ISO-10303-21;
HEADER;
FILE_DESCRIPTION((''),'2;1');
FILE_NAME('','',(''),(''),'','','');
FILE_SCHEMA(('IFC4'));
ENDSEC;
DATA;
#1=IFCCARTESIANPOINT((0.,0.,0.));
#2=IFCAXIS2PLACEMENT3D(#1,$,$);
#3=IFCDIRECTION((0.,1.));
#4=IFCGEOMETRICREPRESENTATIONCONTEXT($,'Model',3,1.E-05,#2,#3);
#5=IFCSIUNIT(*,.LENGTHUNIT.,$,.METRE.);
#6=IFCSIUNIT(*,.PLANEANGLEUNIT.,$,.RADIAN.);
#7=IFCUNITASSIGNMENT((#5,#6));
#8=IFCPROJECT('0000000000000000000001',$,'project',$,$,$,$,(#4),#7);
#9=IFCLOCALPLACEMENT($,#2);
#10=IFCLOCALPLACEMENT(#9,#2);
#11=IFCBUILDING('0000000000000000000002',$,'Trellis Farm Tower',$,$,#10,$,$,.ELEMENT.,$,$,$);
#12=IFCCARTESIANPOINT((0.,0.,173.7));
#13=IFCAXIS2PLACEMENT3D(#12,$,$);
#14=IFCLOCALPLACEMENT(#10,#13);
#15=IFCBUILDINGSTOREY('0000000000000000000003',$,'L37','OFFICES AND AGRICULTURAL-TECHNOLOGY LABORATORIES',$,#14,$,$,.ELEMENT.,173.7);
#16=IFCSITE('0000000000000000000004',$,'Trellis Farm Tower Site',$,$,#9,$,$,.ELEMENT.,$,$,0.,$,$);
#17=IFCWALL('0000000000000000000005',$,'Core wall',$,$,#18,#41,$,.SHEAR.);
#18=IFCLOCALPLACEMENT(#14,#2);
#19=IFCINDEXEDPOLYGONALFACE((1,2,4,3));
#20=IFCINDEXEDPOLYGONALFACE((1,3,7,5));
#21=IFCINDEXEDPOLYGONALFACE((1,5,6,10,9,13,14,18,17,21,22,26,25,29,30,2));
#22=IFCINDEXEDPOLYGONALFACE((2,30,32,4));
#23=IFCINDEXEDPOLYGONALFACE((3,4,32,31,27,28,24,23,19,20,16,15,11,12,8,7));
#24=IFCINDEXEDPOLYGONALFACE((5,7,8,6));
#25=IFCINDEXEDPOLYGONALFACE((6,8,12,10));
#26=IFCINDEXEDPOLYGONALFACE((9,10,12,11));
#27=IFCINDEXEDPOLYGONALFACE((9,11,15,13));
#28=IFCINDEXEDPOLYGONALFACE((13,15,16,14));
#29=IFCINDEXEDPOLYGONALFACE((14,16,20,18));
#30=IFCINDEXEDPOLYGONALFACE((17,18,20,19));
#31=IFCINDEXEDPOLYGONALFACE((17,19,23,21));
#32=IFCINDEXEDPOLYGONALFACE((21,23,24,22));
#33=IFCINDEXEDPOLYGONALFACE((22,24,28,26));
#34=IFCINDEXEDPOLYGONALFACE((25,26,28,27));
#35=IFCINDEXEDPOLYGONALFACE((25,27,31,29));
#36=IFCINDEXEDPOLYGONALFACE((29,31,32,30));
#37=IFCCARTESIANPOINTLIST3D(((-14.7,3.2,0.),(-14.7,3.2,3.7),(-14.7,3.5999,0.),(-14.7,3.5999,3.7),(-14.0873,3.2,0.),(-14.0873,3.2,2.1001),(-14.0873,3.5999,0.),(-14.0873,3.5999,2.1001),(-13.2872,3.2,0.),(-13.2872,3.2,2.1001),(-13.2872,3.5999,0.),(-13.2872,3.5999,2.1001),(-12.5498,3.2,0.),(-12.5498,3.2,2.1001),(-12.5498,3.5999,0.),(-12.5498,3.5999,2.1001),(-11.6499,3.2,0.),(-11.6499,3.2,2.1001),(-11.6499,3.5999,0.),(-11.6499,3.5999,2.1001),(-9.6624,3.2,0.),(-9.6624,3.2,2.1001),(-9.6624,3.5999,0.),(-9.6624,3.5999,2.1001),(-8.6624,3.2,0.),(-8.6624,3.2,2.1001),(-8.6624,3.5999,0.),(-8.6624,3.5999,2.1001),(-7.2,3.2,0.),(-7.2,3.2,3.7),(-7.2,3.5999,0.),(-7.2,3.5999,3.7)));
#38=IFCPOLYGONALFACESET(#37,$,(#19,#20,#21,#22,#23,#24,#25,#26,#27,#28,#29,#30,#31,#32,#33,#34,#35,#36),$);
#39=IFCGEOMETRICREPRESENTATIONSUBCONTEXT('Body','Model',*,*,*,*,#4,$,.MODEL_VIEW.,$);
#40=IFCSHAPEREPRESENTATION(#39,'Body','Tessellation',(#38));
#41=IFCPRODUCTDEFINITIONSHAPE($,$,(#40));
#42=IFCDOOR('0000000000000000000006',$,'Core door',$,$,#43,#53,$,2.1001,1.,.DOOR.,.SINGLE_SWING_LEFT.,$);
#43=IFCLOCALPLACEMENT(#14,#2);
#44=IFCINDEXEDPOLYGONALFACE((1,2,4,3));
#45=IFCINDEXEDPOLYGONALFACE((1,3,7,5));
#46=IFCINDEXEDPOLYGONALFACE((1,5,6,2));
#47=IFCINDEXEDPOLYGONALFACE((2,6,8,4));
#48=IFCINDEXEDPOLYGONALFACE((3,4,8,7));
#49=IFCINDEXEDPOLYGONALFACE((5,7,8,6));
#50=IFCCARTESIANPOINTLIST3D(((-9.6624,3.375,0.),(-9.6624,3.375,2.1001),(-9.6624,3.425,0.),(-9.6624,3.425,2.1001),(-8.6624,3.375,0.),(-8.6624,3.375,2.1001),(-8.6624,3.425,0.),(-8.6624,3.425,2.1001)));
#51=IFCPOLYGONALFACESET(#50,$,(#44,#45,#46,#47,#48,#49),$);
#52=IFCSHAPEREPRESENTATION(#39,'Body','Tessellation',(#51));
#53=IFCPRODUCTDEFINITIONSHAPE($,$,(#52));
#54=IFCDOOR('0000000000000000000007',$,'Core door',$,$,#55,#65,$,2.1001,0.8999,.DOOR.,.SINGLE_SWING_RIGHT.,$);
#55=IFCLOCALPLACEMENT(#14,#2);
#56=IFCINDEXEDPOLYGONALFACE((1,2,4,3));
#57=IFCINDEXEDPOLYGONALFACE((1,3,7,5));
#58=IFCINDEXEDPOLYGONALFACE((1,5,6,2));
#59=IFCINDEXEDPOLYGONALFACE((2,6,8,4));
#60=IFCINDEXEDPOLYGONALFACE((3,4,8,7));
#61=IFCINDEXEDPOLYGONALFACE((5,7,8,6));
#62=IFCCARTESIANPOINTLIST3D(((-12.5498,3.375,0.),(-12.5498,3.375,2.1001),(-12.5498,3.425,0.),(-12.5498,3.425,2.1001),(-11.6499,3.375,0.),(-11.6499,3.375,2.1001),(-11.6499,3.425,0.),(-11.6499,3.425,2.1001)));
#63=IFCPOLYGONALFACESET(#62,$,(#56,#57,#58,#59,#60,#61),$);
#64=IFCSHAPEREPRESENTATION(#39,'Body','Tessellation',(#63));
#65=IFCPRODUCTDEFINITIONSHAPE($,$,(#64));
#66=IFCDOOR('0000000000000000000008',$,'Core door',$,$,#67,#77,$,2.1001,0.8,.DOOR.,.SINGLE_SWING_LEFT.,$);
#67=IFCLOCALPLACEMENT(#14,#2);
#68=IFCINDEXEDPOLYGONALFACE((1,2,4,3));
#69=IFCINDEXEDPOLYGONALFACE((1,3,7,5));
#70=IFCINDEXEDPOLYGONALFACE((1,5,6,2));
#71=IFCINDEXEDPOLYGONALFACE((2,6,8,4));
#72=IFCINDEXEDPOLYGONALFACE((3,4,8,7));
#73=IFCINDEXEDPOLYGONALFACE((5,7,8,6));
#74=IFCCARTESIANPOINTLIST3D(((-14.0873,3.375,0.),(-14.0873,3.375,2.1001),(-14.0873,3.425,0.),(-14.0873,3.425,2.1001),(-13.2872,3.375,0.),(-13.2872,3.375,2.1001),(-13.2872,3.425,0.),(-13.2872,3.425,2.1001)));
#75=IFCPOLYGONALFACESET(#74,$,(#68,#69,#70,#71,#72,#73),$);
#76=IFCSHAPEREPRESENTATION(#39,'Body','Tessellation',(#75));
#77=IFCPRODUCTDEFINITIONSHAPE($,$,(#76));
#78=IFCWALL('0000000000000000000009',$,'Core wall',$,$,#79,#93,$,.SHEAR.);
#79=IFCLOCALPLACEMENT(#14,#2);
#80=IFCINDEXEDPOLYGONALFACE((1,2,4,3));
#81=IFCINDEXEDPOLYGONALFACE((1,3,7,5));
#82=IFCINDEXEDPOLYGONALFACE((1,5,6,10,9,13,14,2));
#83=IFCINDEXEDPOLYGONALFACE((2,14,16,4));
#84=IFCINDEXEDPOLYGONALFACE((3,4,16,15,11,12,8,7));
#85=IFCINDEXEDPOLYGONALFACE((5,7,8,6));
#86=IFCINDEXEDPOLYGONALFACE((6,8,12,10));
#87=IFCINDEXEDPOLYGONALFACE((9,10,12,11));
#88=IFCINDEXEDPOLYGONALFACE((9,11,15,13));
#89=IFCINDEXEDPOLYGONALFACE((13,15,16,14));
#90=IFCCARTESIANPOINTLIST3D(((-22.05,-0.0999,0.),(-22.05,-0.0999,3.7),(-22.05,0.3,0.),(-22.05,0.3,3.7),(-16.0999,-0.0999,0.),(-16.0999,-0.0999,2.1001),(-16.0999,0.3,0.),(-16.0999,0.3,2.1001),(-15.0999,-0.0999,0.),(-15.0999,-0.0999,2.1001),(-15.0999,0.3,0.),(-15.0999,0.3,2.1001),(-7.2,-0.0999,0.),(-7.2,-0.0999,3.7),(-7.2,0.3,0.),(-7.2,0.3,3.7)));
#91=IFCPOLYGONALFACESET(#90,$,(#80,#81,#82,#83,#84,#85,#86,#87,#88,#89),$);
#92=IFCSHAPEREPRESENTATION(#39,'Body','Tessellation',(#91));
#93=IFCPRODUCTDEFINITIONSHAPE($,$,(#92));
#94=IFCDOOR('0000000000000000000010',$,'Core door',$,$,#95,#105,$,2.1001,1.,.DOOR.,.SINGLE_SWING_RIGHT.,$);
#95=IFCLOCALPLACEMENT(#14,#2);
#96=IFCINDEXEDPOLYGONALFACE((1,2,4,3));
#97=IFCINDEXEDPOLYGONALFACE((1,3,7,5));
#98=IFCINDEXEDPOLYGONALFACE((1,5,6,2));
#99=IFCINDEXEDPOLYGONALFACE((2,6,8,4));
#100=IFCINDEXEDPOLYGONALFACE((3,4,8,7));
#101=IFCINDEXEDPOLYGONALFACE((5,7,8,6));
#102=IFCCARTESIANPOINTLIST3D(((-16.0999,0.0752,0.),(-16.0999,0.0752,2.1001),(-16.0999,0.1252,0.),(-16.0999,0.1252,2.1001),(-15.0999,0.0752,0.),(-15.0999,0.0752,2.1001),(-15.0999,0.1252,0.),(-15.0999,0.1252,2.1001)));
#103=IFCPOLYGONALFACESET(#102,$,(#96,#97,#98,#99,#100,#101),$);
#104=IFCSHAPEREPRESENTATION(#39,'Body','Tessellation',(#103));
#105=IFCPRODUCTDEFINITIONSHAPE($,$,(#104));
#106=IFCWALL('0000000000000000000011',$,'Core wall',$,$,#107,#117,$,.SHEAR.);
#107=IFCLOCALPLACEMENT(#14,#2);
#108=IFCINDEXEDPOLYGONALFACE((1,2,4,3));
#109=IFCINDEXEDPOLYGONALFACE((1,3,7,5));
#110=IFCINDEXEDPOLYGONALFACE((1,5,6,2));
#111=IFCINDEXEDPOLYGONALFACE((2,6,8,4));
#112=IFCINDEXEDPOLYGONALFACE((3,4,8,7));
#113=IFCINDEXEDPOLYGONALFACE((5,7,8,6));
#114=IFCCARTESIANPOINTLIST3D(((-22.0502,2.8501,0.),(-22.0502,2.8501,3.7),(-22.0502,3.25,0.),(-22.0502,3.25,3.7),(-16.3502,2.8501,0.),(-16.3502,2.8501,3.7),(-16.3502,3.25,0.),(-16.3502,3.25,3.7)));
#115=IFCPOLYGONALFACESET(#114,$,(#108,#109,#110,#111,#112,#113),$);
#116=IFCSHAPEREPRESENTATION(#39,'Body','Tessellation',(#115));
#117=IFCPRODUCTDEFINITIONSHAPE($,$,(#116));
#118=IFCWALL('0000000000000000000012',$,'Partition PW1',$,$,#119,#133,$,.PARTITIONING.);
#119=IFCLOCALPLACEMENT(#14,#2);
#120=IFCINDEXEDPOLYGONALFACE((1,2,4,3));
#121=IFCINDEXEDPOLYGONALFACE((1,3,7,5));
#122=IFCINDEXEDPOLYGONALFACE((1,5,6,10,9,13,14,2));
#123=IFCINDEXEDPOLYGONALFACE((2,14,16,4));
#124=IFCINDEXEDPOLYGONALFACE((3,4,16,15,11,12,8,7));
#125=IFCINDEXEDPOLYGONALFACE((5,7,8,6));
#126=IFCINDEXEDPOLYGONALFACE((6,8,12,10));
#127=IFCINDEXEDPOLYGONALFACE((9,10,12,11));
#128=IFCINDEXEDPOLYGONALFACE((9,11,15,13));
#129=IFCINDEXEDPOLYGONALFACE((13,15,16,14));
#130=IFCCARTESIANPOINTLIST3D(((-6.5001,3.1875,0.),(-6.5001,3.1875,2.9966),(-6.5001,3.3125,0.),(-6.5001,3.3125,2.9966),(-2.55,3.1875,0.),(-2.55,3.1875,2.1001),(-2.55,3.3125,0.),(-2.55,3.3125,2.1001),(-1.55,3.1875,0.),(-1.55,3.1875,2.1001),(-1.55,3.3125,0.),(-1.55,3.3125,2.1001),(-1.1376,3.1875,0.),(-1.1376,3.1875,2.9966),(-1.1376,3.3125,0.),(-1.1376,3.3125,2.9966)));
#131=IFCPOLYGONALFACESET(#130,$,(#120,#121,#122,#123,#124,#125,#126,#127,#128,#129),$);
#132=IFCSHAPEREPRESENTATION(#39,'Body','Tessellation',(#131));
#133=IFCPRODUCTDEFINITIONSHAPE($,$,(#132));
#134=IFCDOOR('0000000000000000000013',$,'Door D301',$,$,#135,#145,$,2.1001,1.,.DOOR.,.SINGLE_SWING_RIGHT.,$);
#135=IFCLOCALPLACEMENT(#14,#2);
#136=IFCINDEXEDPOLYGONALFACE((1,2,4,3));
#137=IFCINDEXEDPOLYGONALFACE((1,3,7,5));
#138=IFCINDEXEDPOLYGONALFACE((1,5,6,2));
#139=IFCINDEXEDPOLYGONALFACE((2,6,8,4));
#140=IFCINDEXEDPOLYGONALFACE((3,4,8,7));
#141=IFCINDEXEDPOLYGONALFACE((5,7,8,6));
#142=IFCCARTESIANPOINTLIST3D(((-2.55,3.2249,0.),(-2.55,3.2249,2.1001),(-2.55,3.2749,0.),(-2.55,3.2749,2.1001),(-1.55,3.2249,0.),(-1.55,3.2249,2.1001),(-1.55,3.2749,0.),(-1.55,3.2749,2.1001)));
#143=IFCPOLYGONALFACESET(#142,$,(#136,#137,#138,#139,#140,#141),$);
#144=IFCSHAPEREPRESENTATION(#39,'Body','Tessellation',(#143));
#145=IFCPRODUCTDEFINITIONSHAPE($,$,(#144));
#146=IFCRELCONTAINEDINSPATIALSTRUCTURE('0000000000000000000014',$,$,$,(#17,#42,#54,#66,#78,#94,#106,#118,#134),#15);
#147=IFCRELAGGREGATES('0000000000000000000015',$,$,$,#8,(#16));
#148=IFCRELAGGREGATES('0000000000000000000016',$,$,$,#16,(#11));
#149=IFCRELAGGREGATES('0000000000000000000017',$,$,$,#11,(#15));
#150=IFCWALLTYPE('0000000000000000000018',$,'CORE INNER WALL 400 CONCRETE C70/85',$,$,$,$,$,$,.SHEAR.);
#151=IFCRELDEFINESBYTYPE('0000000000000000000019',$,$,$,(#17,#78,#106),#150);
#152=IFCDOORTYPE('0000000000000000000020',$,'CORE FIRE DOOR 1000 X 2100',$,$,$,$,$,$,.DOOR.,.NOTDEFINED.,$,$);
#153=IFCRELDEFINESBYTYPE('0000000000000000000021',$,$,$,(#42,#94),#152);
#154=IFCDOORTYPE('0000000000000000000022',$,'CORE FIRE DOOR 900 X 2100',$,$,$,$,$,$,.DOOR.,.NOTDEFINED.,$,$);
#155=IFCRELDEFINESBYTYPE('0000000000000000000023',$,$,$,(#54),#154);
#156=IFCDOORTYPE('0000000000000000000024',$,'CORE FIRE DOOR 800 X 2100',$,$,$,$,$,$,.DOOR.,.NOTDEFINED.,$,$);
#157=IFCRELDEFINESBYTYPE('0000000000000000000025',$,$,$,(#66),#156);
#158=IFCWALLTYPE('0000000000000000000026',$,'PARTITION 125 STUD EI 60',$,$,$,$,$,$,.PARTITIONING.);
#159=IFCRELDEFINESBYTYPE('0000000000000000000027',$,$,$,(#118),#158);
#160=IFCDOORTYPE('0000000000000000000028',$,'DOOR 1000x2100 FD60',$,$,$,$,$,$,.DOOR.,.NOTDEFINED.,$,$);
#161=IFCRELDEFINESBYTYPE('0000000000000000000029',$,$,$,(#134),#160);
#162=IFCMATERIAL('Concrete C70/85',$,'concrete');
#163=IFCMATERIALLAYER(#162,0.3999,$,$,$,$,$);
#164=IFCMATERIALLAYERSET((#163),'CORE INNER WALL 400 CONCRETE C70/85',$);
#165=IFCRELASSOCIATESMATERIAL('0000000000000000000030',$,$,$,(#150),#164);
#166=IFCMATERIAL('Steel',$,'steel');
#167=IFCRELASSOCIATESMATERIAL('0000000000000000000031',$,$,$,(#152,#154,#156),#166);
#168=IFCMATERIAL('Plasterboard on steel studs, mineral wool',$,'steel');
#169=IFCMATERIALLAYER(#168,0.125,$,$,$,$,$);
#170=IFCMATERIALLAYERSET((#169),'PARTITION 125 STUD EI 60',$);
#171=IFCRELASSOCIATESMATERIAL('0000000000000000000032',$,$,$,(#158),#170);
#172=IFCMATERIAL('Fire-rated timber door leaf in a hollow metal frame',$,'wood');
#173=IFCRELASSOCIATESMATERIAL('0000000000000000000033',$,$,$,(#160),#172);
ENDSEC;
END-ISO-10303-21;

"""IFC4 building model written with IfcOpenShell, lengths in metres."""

from ifc_helpers import new_model, si_unit, direction, frame, frame_2d, origin, place, context, subcontext, project, spatial, rectangle, extrude, source, transform, mapped, material, layer, layer_set, type_object, element, fill, save


model = new_model("IFC4")

# Units and contexts
model_context = context("Model", 3, precision=1e-05, world=origin(), true_north=direction((0.0, 1.0)))
body_context = subcontext(model_context, "Body", "Model", "MODEL_VIEW")
ifc_project = project(units=[si_unit("LENGTHUNIT", "METRE"), si_unit("PLANEANGLEUNIT", "RADIAN")], contexts=[model_context])

# Site, building, storey
site_placement = place(None, origin())
site = spatial("IfcSite", under=ifc_project, at=site_placement, Name="Trellis Farm Tower Site", CompositionType="ELEMENT", RefElevation=0.0)
building_placement = place(site_placement, origin())
building = spatial("IfcBuilding", under=site, at=building_placement, Name="Trellis Farm Tower", CompositionType="ELEMENT")
storey_placement = place(building_placement, frame((0.0, 0.0, 173.7)))
storey = spatial("IfcBuildingStorey", under=building, at=storey_placement, Name="L37", Description="OFFICES AND AGRICULTURAL-TECHNOLOGY LABORATORIES", CompositionType="ELEMENT", Elevation=173.7)

# Shared definitions
ifc_material_1 = material(Name="Concrete C70/85", Category="concrete")

# Wall, openings, doors
ifc_layer_1 = layer(ifc_material_1, 0.3999)
ifc_layer_set_1 = layer_set([ifc_layer_1], Name="CORE INNER WALL 400 CONCRETE C70/85")
wall_type_1 = type_object("IfcWallType", Name="CORE INNER WALL 400 CONCRETE C70/85", PredefinedType="SHEAR", material=ifc_layer_set_1)
shared_shape_1 = source(origin(), body_context, "Body", "SweptSolid", [
    extrude(rectangle(XDim=7.5, YDim=0.3999, at=frame_2d((3.75, 0.0))), origin(), (0.0, 0.0, 1.0), 3.7),
])
wall_1_placement = place(storey_placement, frame((-7.2, 3.3999, 0.0), z_axis=(0.0, 0.0, 1.0), x_axis=(-1.0, 0.0, 0.0)))
wall_1 = element("IfcWall", 1, at=wall_1_placement, inside=storey, type_object=wall_type_1, Name="Core wall", PredefinedType="SHEAR", context=body_context, shape_type="MappedRepresentation", body=[
    mapped(shared_shape_1, transform((0.0, 0.0, 0.0))),
])
shared_shape_2 = source(origin(), body_context, "Body", "SweptSolid", [
    extrude(rectangle(XDim=1.0, YDim=2.1001, at=frame_2d((0.5, 1.05))), frame((0.0, 0.21, 0.0), z_axis=(0.0, -1.0, 0.0), x_axis=(1.0, 0.0, 0.0)), (0.0, 0.0, 1.0), 0.4199),
])
opening_1_placement = place(wall_1_placement, frame((1.4624, 0.0, 0.0)))
opening_1 = element("IfcOpeningElement", 2, at=opening_1_placement, cuts=wall_1, PredefinedType="OPENING", context=body_context, shape_type="MappedRepresentation", body=[
    mapped(shared_shape_2, transform((0.0, 0.0, 0.0))),
])
shared_shape_3 = source(origin(), body_context, "Body", "SweptSolid", [
    extrude(rectangle(XDim=0.8999, YDim=2.1001, at=frame_2d((0.45, 1.05))), frame((0.0, 0.21, 0.0), z_axis=(0.0, -1.0, 0.0), x_axis=(1.0, 0.0, 0.0)), (0.0, 0.0, 1.0), 0.4199),
])
opening_2_placement = place(wall_1_placement, frame((4.45, 0.0, 0.0)))
opening_2 = element("IfcOpeningElement", 3, at=opening_2_placement, cuts=wall_1, PredefinedType="OPENING", context=body_context, shape_type="MappedRepresentation", body=[
    mapped(shared_shape_3, transform((0.0, 0.0, 0.0))),
])
shared_shape_4 = source(origin(), body_context, "Body", "SweptSolid", [
    extrude(rectangle(XDim=0.8, YDim=2.1001, at=frame_2d((0.3999, 1.05))), frame((0.0, 0.21, 0.0), z_axis=(0.0, -1.0, 0.0), x_axis=(1.0, 0.0, 0.0)), (0.0, 0.0, 1.0), 0.4199),
])
opening_3_placement = place(wall_1_placement, frame((6.0874, 0.0, 0.0)))
opening_3 = element("IfcOpeningElement", 4, at=opening_3_placement, cuts=wall_1, PredefinedType="OPENING", context=body_context, shape_type="MappedRepresentation", body=[
    mapped(shared_shape_4, transform((0.0, 0.0, 0.0))),
])
ifc_material_2 = material(Name="Steel", Category="steel")
door_type_1 = type_object("IfcDoorType", Name="CORE FIRE DOOR 1000 X 2100", OperationType="NOTDEFINED", PredefinedType="DOOR", material=ifc_material_2)
shared_shape_5 = source(origin(), body_context, "Body", "SweptSolid", [
    extrude(rectangle(XDim=1.0, YDim=2.1001, at=frame_2d((0.5, 1.05))), frame((0.0, 0.0249, 0.0), z_axis=(0.0, -1.0, 0.0), x_axis=(1.0, 0.0, 0.0)), (0.0, 0.0, 1.0), 0.05),
])
door_1_placement = place(opening_1_placement, origin())
door_1 = element("IfcDoor", 5, at=door_1_placement, inside=storey, type_object=door_type_1, Name="Core door", OperationType="SINGLE_SWING_LEFT", OverallHeight=2.1001, OverallWidth=1.0, PredefinedType="DOOR", context=body_context, shape_type="MappedRepresentation", body=[
    mapped(shared_shape_5, transform((0.0, 0.0, 0.0))),
])
fill(opening_1, door_1)
door_type_2 = type_object("IfcDoorType", Name="CORE FIRE DOOR 900 X 2100", OperationType="NOTDEFINED", PredefinedType="DOOR", material=ifc_material_2)
shared_shape_6 = source(origin(), body_context, "Body", "SweptSolid", [
    extrude(rectangle(XDim=0.8999, YDim=2.1001, at=frame_2d((0.45, 1.05))), frame((0.0, 0.0249, 0.0), z_axis=(0.0, -1.0, 0.0), x_axis=(1.0, 0.0, 0.0)), (0.0, 0.0, 1.0), 0.05),
])
door_2_placement = place(opening_2_placement, origin())
door_2 = element("IfcDoor", 6, at=door_2_placement, inside=storey, type_object=door_type_2, Name="Core door", OperationType="SINGLE_SWING_RIGHT", OverallHeight=2.1001, OverallWidth=0.8999, PredefinedType="DOOR", context=body_context, shape_type="MappedRepresentation", body=[
    mapped(shared_shape_6, transform((0.0, 0.0, 0.0))),
])
fill(opening_2, door_2)
door_type_3 = type_object("IfcDoorType", Name="CORE FIRE DOOR 800 X 2100", OperationType="NOTDEFINED", PredefinedType="DOOR", material=ifc_material_2)
shared_shape_7 = source(origin(), body_context, "Body", "SweptSolid", [
    extrude(rectangle(XDim=0.8, YDim=2.1001, at=frame_2d((0.3999, 1.05))), frame((0.0, 0.0249, 0.0), z_axis=(0.0, -1.0, 0.0), x_axis=(1.0, 0.0, 0.0)), (0.0, 0.0, 1.0), 0.05),
])
door_3_placement = place(opening_3_placement, origin())
door_3 = element("IfcDoor", 7, at=door_3_placement, inside=storey, type_object=door_type_3, Name="Core door", OperationType="SINGLE_SWING_LEFT", OverallHeight=2.1001, OverallWidth=0.8, PredefinedType="DOOR", context=body_context, shape_type="MappedRepresentation", body=[
    mapped(shared_shape_7, transform((0.0, 0.0, 0.0))),
])
fill(opening_3, door_3)

# Wall, opening, door
shared_shape_8 = source(origin(), body_context, "Body", "SweptSolid", [
    extrude(rectangle(XDim=14.8501, YDim=0.3999, at=frame_2d((7.425, 0.0))), origin(), (0.0, 0.0, 1.0), 3.7),
])
wall_2_placement = place(storey_placement, frame((-7.2, 0.1001, 0.0), z_axis=(0.0, 0.0, 1.0), x_axis=(-1.0, 0.0, 0.0)))
wall_2 = element("IfcWall", 8, at=wall_2_placement, inside=storey, type_object=wall_type_1, Name="Core wall", PredefinedType="SHEAR", context=body_context, shape_type="MappedRepresentation", body=[
    mapped(shared_shape_8, transform((0.0, 0.0, 0.0))),
])
opening_4_placement = place(wall_2_placement, frame((7.8999, 0.0, 0.0)))
opening_4 = element("IfcOpeningElement", 9, at=opening_4_placement, cuts=wall_2, PredefinedType="OPENING", context=body_context, shape_type="MappedRepresentation", body=[
    mapped(shared_shape_2, transform((0.0, 0.0, 0.0))),
])
door_4_placement = place(opening_4_placement, origin())
door_4 = element("IfcDoor", 10, at=door_4_placement, inside=storey, type_object=door_type_1, Name="Core door", OperationType="SINGLE_SWING_RIGHT", OverallHeight=2.1001, OverallWidth=1.0, PredefinedType="DOOR", context=body_context, shape_type="MappedRepresentation", body=[
    mapped(shared_shape_5, transform((0.0, 0.0, 0.0))),
])
fill(opening_4, door_4)

# Wall
shared_shape_9 = source(origin(), body_context, "Body", "SweptSolid", [
    extrude(rectangle(XDim=5.7, YDim=0.3999, at=frame_2d((2.8501, 0.0))), origin(), (0.0, 0.0, 1.0), 3.7),
])
wall_3_placement = place(storey_placement, frame((-16.3501, 3.05, 0.0), z_axis=(0.0, 0.0, 1.0), x_axis=(-1.0, 0.0, 0.0)))
element("IfcWall", 11, at=wall_3_placement, inside=storey, type_object=wall_type_1, Name="Core wall", PredefinedType="SHEAR", context=body_context, shape_type="MappedRepresentation", body=[
    mapped(shared_shape_9, transform((0.0, 0.0, 0.0))),
])

# Wall, opening, door
ifc_material_3 = material(Name="Plasterboard on steel studs, mineral wool", Category="steel")
ifc_layer_2 = layer(ifc_material_3, 0.125)
ifc_layer_set_2 = layer_set([ifc_layer_2], Name="PARTITION 125 STUD EI 60")
wall_type_2 = type_object("IfcWallType", Name="PARTITION 125 STUD EI 60", PredefinedType="PARTITIONING", material=ifc_layer_set_2)
shared_shape_10 = source(origin(), body_context, "Body", "SweptSolid", [
    extrude(rectangle(XDim=5.3625, YDim=0.125, at=frame_2d((2.6812, 0.0))), origin(), (0.0, 0.0, 1.0), 2.9966),
])
wall_4_placement = place(storey_placement, frame((-6.5, 3.25, 0.0), z_axis=(0.0, 0.0, 1.0), x_axis=(1.0, 0.0, 0.0)))
wall_4 = element("IfcWall", 12, at=wall_4_placement, inside=storey, type_object=wall_type_2, Name="Partition PW1", PredefinedType="PARTITIONING", context=body_context, shape_type="MappedRepresentation", body=[
    mapped(shared_shape_10, transform((0.0, 0.0, 0.0))),
])
shared_shape_11 = source(origin(), body_context, "Body", "SweptSolid", [
    extrude(rectangle(XDim=1.0, YDim=2.1001, at=frame_2d((0.5, 1.05))), frame((0.0, 0.0725, 0.0), z_axis=(0.0, -1.0, 0.0), x_axis=(1.0, 0.0, 0.0)), (0.0, 0.0, 1.0), 0.145),
])
opening_5_placement = place(wall_4_placement, frame((3.95, 0.0, 0.0)))
opening_5 = element("IfcOpeningElement", 13, at=opening_5_placement, cuts=wall_4, PredefinedType="OPENING", context=body_context, shape_type="MappedRepresentation", body=[
    mapped(shared_shape_11, transform((0.0, 0.0, 0.0))),
])
ifc_material_4 = material(Name="Fire-rated timber door leaf in a hollow metal frame", Category="wood")
door_type_4 = type_object("IfcDoorType", Name="DOOR 1000x2100 FD60", OperationType="NOTDEFINED", PredefinedType="DOOR", material=ifc_material_4)
door_5_placement = place(opening_5_placement, origin())
door_5 = element("IfcDoor", 14, at=door_5_placement, inside=storey, type_object=door_type_4, Name="Door D301", OperationType="SINGLE_SWING_RIGHT", OverallHeight=2.1001, OverallWidth=1.0, PredefinedType="DOOR", context=body_context, shape_type="MappedRepresentation", body=[
    mapped(shared_shape_5, transform((0.0, 0.0, 0.0))),
])
fill(opening_5, door_5)

save(model, "model.ifc")
